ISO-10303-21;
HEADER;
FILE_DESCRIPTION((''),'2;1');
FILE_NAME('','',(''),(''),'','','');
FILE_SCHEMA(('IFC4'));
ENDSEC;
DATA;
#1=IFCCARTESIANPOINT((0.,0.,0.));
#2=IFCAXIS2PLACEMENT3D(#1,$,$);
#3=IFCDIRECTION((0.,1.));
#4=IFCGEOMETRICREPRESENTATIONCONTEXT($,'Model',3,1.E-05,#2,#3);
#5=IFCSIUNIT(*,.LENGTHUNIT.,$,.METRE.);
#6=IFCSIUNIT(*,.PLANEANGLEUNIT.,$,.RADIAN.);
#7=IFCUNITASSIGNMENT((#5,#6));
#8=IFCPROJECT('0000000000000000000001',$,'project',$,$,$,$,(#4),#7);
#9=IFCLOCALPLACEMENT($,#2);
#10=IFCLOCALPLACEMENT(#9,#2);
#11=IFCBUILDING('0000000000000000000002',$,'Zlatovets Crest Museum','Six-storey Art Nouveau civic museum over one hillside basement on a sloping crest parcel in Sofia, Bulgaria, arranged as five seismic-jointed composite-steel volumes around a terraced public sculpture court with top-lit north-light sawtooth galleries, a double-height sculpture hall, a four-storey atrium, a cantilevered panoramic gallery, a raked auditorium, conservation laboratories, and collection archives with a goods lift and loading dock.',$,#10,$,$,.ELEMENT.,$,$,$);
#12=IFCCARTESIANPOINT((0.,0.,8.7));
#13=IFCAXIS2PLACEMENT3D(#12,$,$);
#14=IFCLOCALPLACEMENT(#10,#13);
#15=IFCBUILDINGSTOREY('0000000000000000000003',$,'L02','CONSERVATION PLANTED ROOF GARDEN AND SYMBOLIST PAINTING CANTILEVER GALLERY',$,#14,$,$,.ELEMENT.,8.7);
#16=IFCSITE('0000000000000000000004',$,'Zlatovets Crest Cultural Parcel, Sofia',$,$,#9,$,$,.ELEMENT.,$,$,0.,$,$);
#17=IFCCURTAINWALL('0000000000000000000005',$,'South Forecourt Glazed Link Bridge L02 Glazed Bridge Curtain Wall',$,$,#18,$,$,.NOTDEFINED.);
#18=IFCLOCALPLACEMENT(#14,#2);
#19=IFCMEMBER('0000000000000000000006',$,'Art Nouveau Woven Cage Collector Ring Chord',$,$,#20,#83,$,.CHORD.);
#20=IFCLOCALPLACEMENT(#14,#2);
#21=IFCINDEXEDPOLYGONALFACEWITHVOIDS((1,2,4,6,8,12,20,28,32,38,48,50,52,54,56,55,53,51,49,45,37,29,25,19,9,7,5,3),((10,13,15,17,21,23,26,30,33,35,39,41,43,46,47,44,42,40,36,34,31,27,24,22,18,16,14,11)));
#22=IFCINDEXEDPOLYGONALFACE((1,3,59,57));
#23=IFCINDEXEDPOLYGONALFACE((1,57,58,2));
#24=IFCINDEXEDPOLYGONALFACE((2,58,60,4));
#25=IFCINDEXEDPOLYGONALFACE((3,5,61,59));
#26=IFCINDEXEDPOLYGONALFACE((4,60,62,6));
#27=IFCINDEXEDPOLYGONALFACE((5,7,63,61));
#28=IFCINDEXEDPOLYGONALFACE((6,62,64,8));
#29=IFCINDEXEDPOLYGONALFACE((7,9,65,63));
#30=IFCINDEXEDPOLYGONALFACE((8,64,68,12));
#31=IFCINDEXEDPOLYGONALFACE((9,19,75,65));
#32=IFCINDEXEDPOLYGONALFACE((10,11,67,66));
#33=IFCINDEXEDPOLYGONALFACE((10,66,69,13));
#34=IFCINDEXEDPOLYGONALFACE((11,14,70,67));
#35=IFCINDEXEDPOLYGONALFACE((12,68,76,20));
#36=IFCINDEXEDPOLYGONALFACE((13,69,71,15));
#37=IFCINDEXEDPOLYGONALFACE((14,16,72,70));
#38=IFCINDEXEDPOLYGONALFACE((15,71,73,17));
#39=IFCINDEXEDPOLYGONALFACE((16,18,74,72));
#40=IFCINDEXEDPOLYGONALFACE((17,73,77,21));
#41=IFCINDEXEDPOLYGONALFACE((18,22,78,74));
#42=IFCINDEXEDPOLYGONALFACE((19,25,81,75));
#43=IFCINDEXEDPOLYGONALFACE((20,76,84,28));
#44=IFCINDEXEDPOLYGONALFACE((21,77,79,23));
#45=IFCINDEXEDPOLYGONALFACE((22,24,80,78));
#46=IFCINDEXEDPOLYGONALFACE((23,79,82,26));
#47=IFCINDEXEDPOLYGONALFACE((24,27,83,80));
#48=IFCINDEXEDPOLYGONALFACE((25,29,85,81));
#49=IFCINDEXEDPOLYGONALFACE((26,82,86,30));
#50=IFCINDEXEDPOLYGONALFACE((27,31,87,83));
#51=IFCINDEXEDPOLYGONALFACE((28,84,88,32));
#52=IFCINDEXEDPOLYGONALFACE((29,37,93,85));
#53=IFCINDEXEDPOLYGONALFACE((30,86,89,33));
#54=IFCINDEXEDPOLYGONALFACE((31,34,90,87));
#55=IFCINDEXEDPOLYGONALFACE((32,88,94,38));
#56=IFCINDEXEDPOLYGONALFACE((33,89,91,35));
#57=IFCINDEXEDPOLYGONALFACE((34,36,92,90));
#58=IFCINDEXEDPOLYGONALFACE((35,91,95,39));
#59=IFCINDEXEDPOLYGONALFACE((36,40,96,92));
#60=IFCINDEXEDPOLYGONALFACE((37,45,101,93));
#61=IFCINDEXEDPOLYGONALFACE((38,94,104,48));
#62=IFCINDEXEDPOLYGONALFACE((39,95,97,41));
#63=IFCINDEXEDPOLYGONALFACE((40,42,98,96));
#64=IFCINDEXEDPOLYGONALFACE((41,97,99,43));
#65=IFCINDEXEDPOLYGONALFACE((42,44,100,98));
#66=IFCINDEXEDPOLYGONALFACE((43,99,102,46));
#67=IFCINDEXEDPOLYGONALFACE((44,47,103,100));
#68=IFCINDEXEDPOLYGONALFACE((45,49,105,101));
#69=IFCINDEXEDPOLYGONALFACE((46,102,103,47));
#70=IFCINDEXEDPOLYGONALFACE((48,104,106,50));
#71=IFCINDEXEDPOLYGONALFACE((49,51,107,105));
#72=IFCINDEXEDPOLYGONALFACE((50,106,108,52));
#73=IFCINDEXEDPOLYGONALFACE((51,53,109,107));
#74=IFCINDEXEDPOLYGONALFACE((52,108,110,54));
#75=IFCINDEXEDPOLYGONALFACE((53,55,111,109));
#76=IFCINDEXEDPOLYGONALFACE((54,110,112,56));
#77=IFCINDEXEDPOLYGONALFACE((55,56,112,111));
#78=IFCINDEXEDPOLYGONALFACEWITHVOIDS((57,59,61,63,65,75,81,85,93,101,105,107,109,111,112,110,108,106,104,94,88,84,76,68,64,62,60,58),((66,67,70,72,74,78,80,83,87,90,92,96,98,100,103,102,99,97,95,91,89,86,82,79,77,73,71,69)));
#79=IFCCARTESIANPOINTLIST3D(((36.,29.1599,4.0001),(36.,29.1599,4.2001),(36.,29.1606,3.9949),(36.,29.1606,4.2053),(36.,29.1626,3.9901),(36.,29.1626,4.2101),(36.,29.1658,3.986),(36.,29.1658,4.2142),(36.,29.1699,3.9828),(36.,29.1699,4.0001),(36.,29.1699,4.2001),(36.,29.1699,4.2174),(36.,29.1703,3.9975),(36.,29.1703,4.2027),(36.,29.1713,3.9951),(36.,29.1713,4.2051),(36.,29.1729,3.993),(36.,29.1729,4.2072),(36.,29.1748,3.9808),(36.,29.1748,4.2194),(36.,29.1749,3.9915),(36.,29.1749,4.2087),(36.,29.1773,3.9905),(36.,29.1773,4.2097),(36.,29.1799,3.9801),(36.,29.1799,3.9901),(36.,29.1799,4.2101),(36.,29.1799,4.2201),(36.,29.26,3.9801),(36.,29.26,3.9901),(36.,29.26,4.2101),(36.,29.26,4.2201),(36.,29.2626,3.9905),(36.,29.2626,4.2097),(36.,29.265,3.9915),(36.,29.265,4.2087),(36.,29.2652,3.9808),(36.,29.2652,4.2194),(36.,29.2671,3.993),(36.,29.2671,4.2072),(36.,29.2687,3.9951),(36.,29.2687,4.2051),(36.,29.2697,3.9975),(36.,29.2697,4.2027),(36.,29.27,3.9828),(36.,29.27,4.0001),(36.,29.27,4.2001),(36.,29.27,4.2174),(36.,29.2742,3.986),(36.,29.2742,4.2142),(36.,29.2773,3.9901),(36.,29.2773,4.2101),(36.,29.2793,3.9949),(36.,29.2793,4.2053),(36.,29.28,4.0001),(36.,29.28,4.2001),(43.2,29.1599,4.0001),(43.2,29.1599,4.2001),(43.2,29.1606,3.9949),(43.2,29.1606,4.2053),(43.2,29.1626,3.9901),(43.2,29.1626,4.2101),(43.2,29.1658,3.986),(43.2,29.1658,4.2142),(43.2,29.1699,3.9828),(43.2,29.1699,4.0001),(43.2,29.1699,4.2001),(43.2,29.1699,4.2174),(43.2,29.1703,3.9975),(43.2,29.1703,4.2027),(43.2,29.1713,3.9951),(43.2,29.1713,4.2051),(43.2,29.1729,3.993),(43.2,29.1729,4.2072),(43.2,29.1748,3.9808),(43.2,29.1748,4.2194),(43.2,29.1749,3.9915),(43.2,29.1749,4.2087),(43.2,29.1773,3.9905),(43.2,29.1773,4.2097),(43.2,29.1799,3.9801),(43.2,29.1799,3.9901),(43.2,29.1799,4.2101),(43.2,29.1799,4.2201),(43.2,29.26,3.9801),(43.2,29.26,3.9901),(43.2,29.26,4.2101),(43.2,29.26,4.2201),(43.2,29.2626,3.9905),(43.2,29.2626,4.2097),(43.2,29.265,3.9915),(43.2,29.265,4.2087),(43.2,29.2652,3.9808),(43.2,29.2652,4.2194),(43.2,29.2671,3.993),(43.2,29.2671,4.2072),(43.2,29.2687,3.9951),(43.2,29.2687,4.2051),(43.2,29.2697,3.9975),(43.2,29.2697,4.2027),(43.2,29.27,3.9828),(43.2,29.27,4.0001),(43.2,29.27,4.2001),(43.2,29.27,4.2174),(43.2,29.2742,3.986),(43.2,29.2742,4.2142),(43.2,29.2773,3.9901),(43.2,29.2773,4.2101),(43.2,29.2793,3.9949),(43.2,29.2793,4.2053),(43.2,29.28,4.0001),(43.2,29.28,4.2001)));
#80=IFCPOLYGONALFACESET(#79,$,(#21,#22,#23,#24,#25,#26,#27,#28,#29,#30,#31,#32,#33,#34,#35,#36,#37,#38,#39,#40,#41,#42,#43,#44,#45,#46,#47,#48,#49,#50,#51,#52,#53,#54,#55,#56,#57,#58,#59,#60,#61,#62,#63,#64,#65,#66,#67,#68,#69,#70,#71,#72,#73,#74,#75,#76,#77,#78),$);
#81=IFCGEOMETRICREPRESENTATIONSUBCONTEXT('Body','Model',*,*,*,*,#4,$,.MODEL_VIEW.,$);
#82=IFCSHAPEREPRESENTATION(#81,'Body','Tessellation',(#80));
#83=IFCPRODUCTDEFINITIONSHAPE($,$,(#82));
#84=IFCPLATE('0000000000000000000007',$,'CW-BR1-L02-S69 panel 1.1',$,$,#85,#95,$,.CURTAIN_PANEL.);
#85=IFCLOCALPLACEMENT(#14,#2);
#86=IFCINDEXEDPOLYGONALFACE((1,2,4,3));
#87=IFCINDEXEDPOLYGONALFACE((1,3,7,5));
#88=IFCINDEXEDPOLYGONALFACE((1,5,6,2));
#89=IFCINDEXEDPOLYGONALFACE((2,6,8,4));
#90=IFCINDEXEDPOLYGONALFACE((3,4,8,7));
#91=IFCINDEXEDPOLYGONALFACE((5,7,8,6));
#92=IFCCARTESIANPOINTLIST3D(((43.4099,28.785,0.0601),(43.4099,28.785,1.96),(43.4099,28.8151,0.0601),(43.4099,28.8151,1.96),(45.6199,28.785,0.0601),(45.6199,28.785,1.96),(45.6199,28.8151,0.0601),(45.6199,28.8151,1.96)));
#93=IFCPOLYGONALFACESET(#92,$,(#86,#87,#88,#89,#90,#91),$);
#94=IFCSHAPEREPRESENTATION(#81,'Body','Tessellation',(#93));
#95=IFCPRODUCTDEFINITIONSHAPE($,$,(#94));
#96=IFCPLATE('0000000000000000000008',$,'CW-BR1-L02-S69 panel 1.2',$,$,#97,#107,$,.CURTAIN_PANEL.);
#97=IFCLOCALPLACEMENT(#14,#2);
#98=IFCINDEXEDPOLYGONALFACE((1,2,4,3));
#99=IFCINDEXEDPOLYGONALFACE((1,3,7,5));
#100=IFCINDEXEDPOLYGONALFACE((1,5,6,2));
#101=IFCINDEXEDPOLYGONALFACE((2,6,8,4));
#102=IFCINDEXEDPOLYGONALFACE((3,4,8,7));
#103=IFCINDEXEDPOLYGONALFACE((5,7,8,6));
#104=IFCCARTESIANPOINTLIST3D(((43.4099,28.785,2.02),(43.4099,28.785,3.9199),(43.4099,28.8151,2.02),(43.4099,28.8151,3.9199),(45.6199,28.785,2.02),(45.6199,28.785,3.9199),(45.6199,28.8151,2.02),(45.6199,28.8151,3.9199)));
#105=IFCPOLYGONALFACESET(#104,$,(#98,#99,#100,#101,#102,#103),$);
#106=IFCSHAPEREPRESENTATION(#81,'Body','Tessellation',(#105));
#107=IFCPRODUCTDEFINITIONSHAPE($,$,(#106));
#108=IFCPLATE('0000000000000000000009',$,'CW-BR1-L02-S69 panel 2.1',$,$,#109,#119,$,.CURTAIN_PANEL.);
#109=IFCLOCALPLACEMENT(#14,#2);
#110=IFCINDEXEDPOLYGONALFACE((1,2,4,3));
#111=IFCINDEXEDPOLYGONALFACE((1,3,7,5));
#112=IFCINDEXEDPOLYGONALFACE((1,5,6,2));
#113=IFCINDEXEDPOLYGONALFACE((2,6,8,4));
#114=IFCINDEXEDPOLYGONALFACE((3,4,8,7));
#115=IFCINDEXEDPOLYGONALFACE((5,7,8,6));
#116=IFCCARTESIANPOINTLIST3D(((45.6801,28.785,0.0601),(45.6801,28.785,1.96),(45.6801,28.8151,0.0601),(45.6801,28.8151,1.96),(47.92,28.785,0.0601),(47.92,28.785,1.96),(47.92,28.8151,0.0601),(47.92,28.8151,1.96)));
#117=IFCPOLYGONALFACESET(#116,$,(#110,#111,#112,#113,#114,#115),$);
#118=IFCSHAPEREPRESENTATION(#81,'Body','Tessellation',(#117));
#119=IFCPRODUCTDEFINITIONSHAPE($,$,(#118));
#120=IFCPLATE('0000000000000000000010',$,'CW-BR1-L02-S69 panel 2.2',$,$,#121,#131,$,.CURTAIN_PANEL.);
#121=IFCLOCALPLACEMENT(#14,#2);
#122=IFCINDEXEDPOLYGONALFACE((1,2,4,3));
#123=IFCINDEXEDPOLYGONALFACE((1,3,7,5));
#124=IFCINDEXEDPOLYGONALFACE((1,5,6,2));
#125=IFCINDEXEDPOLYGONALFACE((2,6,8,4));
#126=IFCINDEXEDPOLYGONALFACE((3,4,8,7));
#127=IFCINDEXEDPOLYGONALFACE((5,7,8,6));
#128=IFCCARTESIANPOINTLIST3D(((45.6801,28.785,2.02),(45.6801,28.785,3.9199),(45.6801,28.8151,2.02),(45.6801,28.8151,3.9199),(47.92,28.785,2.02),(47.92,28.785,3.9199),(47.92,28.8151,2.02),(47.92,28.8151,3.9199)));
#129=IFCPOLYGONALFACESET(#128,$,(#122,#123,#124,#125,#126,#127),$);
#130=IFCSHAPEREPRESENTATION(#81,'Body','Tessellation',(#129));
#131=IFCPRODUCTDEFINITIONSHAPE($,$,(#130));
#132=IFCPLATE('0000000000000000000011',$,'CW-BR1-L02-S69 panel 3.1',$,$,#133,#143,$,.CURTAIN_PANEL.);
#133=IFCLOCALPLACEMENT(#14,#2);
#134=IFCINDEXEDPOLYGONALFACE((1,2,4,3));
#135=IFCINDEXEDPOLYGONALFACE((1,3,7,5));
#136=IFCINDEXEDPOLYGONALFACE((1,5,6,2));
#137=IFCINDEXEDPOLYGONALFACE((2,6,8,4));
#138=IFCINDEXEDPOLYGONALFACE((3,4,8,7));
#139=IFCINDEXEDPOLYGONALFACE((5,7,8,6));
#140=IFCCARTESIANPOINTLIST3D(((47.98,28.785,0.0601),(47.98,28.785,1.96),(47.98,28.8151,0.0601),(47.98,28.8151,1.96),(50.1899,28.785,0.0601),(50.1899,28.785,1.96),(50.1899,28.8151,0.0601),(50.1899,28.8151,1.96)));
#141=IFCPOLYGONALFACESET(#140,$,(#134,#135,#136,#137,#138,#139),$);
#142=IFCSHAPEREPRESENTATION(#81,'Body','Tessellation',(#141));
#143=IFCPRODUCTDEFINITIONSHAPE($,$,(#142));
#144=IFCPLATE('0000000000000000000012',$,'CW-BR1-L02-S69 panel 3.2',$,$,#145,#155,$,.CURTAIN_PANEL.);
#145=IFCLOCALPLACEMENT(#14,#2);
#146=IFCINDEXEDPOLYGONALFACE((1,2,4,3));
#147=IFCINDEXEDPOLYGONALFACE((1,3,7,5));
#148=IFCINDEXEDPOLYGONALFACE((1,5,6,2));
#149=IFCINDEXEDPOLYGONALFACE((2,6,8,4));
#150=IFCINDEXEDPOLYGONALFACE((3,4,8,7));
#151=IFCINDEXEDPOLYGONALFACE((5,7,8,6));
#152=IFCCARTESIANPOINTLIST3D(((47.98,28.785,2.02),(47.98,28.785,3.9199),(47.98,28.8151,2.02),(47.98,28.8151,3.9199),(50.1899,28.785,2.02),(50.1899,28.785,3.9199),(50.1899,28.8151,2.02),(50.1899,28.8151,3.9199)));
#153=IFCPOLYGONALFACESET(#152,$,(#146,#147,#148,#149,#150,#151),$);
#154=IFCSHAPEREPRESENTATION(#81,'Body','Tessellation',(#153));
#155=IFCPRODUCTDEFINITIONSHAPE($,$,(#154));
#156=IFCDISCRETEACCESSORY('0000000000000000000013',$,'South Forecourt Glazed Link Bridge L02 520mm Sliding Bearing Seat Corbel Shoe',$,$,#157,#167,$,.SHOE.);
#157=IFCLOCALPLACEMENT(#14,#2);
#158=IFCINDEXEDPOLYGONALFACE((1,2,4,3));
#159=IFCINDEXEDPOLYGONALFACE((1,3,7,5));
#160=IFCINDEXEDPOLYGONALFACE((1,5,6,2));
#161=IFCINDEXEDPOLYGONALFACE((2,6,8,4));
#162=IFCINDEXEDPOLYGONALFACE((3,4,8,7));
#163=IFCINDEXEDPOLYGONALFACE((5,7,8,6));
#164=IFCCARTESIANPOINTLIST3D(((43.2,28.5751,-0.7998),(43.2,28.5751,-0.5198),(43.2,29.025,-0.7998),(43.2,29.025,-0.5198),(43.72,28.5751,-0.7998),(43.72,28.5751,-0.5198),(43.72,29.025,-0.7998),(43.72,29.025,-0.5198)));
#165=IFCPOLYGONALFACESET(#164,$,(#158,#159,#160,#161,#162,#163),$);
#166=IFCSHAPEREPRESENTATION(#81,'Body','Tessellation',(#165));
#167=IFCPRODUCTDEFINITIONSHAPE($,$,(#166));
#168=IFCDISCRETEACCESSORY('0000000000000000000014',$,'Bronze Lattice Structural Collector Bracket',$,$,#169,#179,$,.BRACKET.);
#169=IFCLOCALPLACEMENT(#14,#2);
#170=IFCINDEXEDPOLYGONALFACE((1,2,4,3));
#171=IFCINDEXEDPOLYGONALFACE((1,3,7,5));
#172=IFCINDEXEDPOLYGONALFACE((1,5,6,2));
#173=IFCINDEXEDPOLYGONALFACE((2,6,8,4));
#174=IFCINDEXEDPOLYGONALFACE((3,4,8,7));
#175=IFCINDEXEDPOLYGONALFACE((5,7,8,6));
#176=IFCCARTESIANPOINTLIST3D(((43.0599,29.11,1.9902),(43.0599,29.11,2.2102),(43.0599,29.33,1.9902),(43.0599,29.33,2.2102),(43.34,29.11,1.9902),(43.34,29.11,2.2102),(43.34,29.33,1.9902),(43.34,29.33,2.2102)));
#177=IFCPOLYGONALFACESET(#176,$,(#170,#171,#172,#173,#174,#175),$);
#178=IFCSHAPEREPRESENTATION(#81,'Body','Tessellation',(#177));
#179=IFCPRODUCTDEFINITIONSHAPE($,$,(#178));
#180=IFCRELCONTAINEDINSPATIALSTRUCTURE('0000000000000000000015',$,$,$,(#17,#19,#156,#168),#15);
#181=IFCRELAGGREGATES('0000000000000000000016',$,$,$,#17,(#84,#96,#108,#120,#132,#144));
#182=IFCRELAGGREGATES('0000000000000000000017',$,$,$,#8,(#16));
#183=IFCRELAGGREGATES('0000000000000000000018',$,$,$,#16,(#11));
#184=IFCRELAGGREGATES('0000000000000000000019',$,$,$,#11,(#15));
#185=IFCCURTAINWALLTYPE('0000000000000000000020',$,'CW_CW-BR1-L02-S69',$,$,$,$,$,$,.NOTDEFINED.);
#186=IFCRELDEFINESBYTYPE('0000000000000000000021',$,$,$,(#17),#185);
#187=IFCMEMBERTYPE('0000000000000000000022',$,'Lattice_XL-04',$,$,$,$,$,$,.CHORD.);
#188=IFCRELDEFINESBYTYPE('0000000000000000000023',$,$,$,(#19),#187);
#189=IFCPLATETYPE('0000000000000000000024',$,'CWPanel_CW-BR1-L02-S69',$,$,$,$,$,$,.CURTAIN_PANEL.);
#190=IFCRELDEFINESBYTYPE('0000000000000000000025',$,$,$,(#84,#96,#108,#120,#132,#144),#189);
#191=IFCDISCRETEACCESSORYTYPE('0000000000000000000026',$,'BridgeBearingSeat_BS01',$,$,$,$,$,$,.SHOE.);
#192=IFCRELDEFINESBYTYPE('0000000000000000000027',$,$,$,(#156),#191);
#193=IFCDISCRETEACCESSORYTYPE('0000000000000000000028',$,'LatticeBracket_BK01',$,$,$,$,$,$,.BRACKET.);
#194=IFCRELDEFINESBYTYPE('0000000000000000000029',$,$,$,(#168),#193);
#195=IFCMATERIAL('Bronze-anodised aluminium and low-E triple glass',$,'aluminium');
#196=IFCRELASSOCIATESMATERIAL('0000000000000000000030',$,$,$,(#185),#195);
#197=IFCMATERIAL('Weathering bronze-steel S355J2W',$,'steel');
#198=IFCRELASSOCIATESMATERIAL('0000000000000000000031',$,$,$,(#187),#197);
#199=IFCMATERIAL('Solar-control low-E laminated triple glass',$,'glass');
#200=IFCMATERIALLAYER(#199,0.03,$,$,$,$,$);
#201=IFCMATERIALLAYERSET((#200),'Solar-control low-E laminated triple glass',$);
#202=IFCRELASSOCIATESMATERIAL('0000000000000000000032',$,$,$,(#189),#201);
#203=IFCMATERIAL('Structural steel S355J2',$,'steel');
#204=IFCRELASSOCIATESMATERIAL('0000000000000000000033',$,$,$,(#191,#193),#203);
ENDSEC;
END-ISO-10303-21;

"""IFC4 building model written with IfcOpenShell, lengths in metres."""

from ifc_helpers import new_model, si_unit, direction, frame, origin, origin_2d, place, context, subcontext, project, spatial, rectangle, hollow_rectangle, extrude, material, layer, layer_set, material_profile, profile_set, type_object, element, aggregate, save


model = new_model("IFC4")

# Units and contexts
model_context = context("Model", 3, precision=1e-05, world=origin(), true_north=direction((0.0, 1.0)))
body_context = subcontext(model_context, "Body", "Model", "MODEL_VIEW")
ifc_project = project(units=[si_unit("LENGTHUNIT", "METRE"), si_unit("PLANEANGLEUNIT", "RADIAN")], contexts=[model_context])

# Site, building, storey
site_placement = place(None, origin())
site = spatial("IfcSite", under=ifc_project, at=site_placement, Name="Zlatovets Crest Cultural Parcel, Sofia", CompositionType="ELEMENT", RefElevation=0.0)
building_placement = place(site_placement, origin())
building = spatial("IfcBuilding", under=site, at=building_placement, Name="Zlatovets Crest Museum", Description="Six-storey Art Nouveau civic museum over one hillside basement on a sloping crest parcel in Sofia, Bulgaria, arranged as five seismic-jointed composite-steel volumes around a terraced public sculpture court with top-lit north-light sawtooth galleries, a double-height sculpture hall, a four-storey atrium, a cantilevered panoramic gallery, a raked auditorium, conservation laboratories, and collection archives with a goods lift and loading dock.", CompositionType="ELEMENT")
storey_placement = place(building_placement, frame((0.0, 0.0, 8.7)))
storey = spatial("IfcBuildingStorey", under=building, at=storey_placement, Name="L02", Description="CONSERVATION PLANTED ROOF GARDEN AND SYMBOLIST PAINTING CANTILEVER GALLERY", CompositionType="ELEMENT", Elevation=8.7)

# Shared definitions
ifc_material_1 = material(Name="Structural steel S355J2", Category="steel")

# Curtain wall
ifc_material_2 = material(Name="Bronze-anodised aluminium and low-E triple glass", Category="aluminium")
curtain_wall_type = type_object("IfcCurtainWallType", Name="CW_CW-BR1-L02-S69", PredefinedType="NOTDEFINED", material=ifc_material_2)
curtain_wall_1_placement = place(storey_placement, origin())
curtain_wall_1 = element("IfcCurtainWall", 1, at=curtain_wall_1_placement, inside=storey, type_object=curtain_wall_type, Name="South Forecourt Glazed Link Bridge L02 Glazed Bridge Curtain Wall", PredefinedType="NOTDEFINED")

# Member
ifc_material_3 = material(Name="Weathering bronze-steel S355J2W", Category="steel")
ifc_material_profile_1 = material_profile(ifc_material_3, hollow_rectangle(XDim=0.1201, YDim=0.24, WallThickness=0.01, InnerFilletRadius=0.01, OuterFilletRadius=0.02, at=origin_2d()), Name="RHS 120x240x10.0")
ifc_profile_set_1 = profile_set([ifc_material_profile_1], Name="Weathering bronze-steel S355J2W")
member_type_1 = type_object("IfcMemberType", Name="Lattice_XL-04", PredefinedType="CHORD", material=ifc_profile_set_1)
member_1_placement = place(storey_placement, frame((43.2, 29.22, 4.1001), z_axis=(-1.0, 0.0, 0.0), x_axis=(0.0, -1.0, 0.0)))
element("IfcMember", 2, at=member_1_placement, inside=storey, type_object=member_type_1, Name="Art Nouveau Woven Cage Collector Ring Chord", PredefinedType="CHORD", context=body_context, shape_type="SweptSolid", body=[
    extrude(hollow_rectangle(XDim=0.1201, YDim=0.24, WallThickness=0.01, InnerFilletRadius=0.01, OuterFilletRadius=0.02, at=origin_2d()), origin(), (0.0, 0.0, 1.0), 7.2),
])

# Plates
ifc_material_4 = material(Name="Solar-control low-E laminated triple glass", Category="glass")
ifc_layer = layer(ifc_material_4, 0.03)
ifc_layer_set = layer_set([ifc_layer], Name="Solar-control low-E laminated triple glass")
plate_type = type_object("IfcPlateType", Name="CWPanel_CW-BR1-L02-S69", PredefinedType="CURTAIN_PANEL", material=ifc_layer_set)
plate_1_placement = place(storey_placement, frame((44.5149, 28.8, 0.0601), z_axis=(0.0, 0.0, 1.0), x_axis=(1.0, 0.0, 0.0)))
plate_1 = element("IfcPlate", 3, at=plate_1_placement, type_object=plate_type, Name="CW-BR1-L02-S69 panel 1.1", PredefinedType="CURTAIN_PANEL", context=body_context, shape_type="SweptSolid", body=[
    extrude(rectangle(XDim=2.21, YDim=0.03, at=origin_2d()), origin(), (0.0, 0.0, 1.0), 1.8999),
])
plate_2_placement = place(storey_placement, frame((44.5149, 28.8, 2.02), z_axis=(0.0, 0.0, 1.0), x_axis=(1.0, 0.0, 0.0)))
plate_2 = element("IfcPlate", 4, at=plate_2_placement, type_object=plate_type, Name="CW-BR1-L02-S69 panel 1.2", PredefinedType="CURTAIN_PANEL", context=body_context, shape_type="SweptSolid", body=[
    extrude(rectangle(XDim=2.21, YDim=0.03, at=origin_2d()), origin(), (0.0, 0.0, 1.0), 1.8999),
])
plate_3_placement = place(storey_placement, frame((46.8, 28.8, 0.0601), z_axis=(0.0, 0.0, 1.0), x_axis=(1.0, 0.0, 0.0)))
plate_3 = element("IfcPlate", 5, at=plate_3_placement, type_object=plate_type, Name="CW-BR1-L02-S69 panel 2.1", PredefinedType="CURTAIN_PANEL", context=body_context, shape_type="SweptSolid", body=[
    extrude(rectangle(XDim=2.24, YDim=0.03, at=origin_2d()), origin(), (0.0, 0.0, 1.0), 1.8999),
])
plate_4_placement = place(storey_placement, frame((46.8, 28.8, 2.02), z_axis=(0.0, 0.0, 1.0), x_axis=(1.0, 0.0, 0.0)))
plate_4 = element("IfcPlate", 6, at=plate_4_placement, type_object=plate_type, Name="CW-BR1-L02-S69 panel 2.2", PredefinedType="CURTAIN_PANEL", context=body_context, shape_type="SweptSolid", body=[
    extrude(rectangle(XDim=2.24, YDim=0.03, at=origin_2d()), origin(), (0.0, 0.0, 1.0), 1.8999),
])
plate_5_placement = place(storey_placement, frame((49.085, 28.8, 0.0601), z_axis=(0.0, 0.0, 1.0), x_axis=(1.0, 0.0, 0.0)))
plate_5 = element("IfcPlate", 7, at=plate_5_placement, type_object=plate_type, Name="CW-BR1-L02-S69 panel 3.1", PredefinedType="CURTAIN_PANEL", context=body_context, shape_type="SweptSolid", body=[
    extrude(rectangle(XDim=2.21, YDim=0.03, at=origin_2d()), origin(), (0.0, 0.0, 1.0), 1.8999),
])
plate_6_placement = place(storey_placement, frame((49.085, 28.8, 2.02), z_axis=(0.0, 0.0, 1.0), x_axis=(1.0, 0.0, 0.0)))
plate_6 = element("IfcPlate", 8, at=plate_6_placement, type_object=plate_type, Name="CW-BR1-L02-S69 panel 3.2", PredefinedType="CURTAIN_PANEL", context=body_context, shape_type="SweptSolid", body=[
    extrude(rectangle(XDim=2.21, YDim=0.03, at=origin_2d()), origin(), (0.0, 0.0, 1.0), 1.8999),
])
aggregate(curtain_wall_1, [plate_1, plate_2, plate_3, plate_4, plate_5, plate_6])

# Discrete accessories
discrete_accessory_type_1 = type_object("IfcDiscreteAccessoryType", Name="BridgeBearingSeat_BS01", PredefinedType="SHOE", material=ifc_material_1)
discrete_accessory_1_placement = place(storey_placement, frame((43.46, 28.8, -0.7998), z_axis=(0.0, 0.0, 1.0), x_axis=(1.0, 0.0, 0.0)))
element("IfcDiscreteAccessory", 9, at=discrete_accessory_1_placement, inside=storey, type_object=discrete_accessory_type_1, Name="South Forecourt Glazed Link Bridge L02 520mm Sliding Bearing Seat Corbel Shoe", PredefinedType="SHOE", context=body_context, shape_type="SweptSolid", body=[
    extrude(rectangle(XDim=0.52, YDim=0.45, at=origin_2d()), origin(), (0.0, 0.0, 1.0), 0.28),
])
discrete_accessory_type_2 = type_object("IfcDiscreteAccessoryType", Name="LatticeBracket_BK01", PredefinedType="BRACKET", material=ifc_material_1)
discrete_accessory_2_placement = place(storey_placement, frame((43.2, 29.22, 1.9902), z_axis=(0.0, 0.0, 1.0), x_axis=(1.0, 0.0, 0.0)))
element("IfcDiscreteAccessory", 10, at=discrete_accessory_2_placement, inside=storey, type_object=discrete_accessory_type_2, Name="Bronze Lattice Structural Collector Bracket", PredefinedType="BRACKET", context=body_context, shape_type="SweptSolid", body=[
    extrude(rectangle(XDim=0.28, YDim=0.22, at=origin_2d()), origin(), (0.0, 0.0, 1.0), 0.22),
])

save(model, "model.ifc")
